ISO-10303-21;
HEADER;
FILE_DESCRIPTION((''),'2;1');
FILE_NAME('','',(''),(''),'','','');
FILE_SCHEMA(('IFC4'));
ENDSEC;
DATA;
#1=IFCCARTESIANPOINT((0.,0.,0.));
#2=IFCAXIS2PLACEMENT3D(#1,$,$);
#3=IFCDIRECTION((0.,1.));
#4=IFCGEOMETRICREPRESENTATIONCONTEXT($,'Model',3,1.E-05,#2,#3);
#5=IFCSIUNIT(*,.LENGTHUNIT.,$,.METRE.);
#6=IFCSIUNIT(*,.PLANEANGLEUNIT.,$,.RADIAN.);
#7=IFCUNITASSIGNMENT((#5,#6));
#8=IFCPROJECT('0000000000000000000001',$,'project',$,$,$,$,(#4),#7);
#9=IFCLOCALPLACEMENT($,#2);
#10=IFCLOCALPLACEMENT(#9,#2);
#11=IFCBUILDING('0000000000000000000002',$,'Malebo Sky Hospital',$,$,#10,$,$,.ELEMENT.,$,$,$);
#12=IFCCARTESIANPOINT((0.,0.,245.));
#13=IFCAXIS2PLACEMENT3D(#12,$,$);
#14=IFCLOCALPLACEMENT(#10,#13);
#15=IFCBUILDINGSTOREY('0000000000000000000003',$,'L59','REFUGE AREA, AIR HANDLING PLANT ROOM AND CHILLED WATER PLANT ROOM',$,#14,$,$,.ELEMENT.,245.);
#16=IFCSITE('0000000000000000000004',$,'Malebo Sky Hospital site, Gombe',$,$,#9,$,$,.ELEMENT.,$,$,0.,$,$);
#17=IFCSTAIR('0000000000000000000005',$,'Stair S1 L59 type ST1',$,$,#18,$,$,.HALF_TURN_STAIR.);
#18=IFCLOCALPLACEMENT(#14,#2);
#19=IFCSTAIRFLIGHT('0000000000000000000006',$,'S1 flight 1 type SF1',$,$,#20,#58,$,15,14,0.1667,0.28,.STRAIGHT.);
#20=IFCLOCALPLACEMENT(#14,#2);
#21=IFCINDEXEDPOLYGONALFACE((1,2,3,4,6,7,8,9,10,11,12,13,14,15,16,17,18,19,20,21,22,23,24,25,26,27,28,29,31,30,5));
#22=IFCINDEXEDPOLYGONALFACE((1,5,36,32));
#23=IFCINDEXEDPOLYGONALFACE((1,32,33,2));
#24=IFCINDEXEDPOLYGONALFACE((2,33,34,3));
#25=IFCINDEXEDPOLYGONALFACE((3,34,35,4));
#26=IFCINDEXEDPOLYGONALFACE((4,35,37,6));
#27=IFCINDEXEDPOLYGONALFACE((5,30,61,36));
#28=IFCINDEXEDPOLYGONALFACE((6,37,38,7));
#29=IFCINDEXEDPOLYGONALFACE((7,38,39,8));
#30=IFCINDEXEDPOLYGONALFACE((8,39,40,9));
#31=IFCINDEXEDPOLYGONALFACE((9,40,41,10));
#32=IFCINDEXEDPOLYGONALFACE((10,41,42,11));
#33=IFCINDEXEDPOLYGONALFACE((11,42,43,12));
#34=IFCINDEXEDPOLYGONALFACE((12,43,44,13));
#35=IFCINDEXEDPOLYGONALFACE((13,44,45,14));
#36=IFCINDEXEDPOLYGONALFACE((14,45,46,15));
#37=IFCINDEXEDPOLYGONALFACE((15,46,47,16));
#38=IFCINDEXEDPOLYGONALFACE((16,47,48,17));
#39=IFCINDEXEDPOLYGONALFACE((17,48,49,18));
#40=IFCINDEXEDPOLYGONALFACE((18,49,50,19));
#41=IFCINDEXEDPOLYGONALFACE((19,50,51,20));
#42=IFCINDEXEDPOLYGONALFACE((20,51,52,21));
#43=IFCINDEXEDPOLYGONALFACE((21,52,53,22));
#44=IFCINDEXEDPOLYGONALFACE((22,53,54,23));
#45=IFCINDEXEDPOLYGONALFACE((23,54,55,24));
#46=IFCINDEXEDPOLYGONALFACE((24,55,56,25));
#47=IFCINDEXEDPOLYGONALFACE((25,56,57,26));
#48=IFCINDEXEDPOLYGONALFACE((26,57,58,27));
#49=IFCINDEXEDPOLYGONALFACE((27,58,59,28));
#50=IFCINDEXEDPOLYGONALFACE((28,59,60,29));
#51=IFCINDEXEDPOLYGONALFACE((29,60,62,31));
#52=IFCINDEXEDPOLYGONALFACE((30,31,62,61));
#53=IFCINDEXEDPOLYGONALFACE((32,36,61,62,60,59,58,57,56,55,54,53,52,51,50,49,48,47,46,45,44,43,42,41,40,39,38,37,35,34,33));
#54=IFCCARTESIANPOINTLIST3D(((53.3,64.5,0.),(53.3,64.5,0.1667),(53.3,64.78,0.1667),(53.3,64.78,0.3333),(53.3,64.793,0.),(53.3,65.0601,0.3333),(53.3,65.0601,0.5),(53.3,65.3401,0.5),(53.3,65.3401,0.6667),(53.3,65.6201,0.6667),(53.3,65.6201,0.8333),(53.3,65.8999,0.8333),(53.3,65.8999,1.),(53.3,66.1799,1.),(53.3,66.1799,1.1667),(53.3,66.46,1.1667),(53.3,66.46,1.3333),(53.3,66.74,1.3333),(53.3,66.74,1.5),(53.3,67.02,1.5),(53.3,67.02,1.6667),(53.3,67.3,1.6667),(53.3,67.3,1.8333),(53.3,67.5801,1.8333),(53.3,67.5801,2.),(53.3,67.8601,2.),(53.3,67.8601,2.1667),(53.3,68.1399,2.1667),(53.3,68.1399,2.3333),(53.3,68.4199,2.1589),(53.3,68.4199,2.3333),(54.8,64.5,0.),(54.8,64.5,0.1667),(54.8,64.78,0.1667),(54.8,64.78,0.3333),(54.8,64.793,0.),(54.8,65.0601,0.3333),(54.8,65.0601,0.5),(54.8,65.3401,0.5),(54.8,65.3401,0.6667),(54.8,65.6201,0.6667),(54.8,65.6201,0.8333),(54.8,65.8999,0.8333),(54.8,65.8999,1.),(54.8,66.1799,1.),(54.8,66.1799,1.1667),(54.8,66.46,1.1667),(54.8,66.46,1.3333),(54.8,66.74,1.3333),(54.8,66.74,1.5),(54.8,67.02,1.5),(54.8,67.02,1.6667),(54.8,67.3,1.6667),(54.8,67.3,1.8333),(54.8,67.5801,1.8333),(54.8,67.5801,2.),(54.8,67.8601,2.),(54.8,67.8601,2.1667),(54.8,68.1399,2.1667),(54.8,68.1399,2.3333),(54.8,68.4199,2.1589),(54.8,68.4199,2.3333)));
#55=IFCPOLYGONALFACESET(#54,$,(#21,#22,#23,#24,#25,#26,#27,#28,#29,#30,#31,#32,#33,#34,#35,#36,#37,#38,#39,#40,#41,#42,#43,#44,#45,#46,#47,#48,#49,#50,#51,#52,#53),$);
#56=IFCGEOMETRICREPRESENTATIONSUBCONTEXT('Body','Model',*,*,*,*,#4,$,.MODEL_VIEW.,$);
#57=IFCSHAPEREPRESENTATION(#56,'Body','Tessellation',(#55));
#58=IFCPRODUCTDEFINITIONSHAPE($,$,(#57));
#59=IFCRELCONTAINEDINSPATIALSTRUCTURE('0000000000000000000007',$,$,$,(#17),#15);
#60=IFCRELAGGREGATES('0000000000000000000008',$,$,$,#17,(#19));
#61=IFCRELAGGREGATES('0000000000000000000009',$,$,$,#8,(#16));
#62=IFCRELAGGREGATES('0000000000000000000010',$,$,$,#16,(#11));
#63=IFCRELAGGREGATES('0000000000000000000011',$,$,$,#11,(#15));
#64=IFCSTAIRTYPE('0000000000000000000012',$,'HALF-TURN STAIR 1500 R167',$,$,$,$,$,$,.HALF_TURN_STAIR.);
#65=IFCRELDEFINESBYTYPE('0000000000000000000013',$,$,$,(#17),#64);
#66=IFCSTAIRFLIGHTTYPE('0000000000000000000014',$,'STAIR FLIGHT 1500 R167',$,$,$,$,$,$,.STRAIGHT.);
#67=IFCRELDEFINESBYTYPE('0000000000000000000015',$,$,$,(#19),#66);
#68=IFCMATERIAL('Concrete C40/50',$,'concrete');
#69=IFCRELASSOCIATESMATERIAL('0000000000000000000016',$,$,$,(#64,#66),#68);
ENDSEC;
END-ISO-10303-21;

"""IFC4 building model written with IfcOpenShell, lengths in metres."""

from ifc_helpers import new_model, si_unit, direction, frame, origin, place, context, subcontext, project, spatial, polyline, outline, extrude, material, type_object, element, aggregate, save


model = new_model("IFC4")

# Units and contexts
model_context = context("Model", 3, precision=1e-05, world=origin(), true_north=direction((0.0, 1.0)))
body_context = subcontext(model_context, "Body", "Model", "MODEL_VIEW")
ifc_project = project(units=[si_unit("LENGTHUNIT", "METRE"), si_unit("PLANEANGLEUNIT", "RADIAN")], contexts=[model_context])

# Site, building, storey
site_placement = place(None, origin())
site = spatial("IfcSite", under=ifc_project, at=site_placement, Name="Malebo Sky Hospital site, Gombe", CompositionType="ELEMENT", RefElevation=0.0)
building_placement = place(site_placement, origin())
building = spatial("IfcBuilding", under=site, at=building_placement, Name="Malebo Sky Hospital", CompositionType="ELEMENT")
storey_placement = place(building_placement, frame((0.0, 0.0, 245.0)))
storey = spatial("IfcBuildingStorey", under=building, at=storey_placement, Name="L59", Description="REFUGE AREA, AIR HANDLING PLANT ROOM AND CHILLED WATER PLANT ROOM", CompositionType="ELEMENT", Elevation=245.0)

# Stair, stair flight
ifc_material_1 = material(Name="Concrete C40/50", Category="concrete")
stair_type = type_object("IfcStairType", Name="HALF-TURN STAIR 1500 R167", PredefinedType="HALF_TURN_STAIR", material=ifc_material_1)
stair_placement = place(storey_placement, origin())
stair = element("IfcStair", 1, at=stair_placement, inside=storey, type_object=stair_type, Name="Stair S1 L59 type ST1", PredefinedType="HALF_TURN_STAIR")
stair_flight_type = type_object("IfcStairFlightType", Name="STAIR FLIGHT 1500 R167", PredefinedType="STRAIGHT", material=ifc_material_1)
stair_flight_placement = place(storey_placement, frame((54.05, 64.5, 0.0), z_axis=(0.0, 0.0, 1.0), x_axis=(0.0, 1.0, 0.0)))
stair_flight = element("IfcStairFlight", 2, at=stair_flight_placement, type_object=stair_flight_type, Name="S1 flight 1 type SF1", NumberOfRisers=15, NumberOfTreads=14, PredefinedType="STRAIGHT", RiserHeight=0.1667, TreadLength=0.28, context=body_context, shape_type="SweptSolid", body=[
    extrude(outline(polyline([(0.0, 0.0), (0.0, 0.1667), (0.28, 0.1667), (0.28, 0.3333), (0.5601, 0.3333), (0.5601, 0.5), (0.8401, 0.5), (0.8401, 0.6667), (1.1201, 0.6667), (1.1201, 0.8333), (1.3999, 0.8333), (1.3999, 1.0), (1.6799, 1.0), (1.6799, 1.1667), (1.96, 1.1667), (1.96, 1.3333), (2.24, 1.3333), (2.24, 1.5), (2.52, 1.5), (2.52, 1.6667), (2.8, 1.6667), (2.8, 1.8333), (3.0801, 1.8333), (3.0801, 2.0), (3.3601, 2.0), (3.3601, 2.1667), (3.6399, 2.1667), (3.6399, 2.3333), (3.9199, 2.3333), (3.9199, 2.5), (3.9199, 2.1589), (0.293, 0.0), (0.0, 0.0)])), frame((0.0, 0.75, 0.0), z_axis=(0.0, -1.0, 0.0), x_axis=(1.0, 0.0, 0.0)), (0.0, 0.0, 1.0), 1.5),
])
aggregate(stair, [stair_flight])

save(model, "model.ifc")
